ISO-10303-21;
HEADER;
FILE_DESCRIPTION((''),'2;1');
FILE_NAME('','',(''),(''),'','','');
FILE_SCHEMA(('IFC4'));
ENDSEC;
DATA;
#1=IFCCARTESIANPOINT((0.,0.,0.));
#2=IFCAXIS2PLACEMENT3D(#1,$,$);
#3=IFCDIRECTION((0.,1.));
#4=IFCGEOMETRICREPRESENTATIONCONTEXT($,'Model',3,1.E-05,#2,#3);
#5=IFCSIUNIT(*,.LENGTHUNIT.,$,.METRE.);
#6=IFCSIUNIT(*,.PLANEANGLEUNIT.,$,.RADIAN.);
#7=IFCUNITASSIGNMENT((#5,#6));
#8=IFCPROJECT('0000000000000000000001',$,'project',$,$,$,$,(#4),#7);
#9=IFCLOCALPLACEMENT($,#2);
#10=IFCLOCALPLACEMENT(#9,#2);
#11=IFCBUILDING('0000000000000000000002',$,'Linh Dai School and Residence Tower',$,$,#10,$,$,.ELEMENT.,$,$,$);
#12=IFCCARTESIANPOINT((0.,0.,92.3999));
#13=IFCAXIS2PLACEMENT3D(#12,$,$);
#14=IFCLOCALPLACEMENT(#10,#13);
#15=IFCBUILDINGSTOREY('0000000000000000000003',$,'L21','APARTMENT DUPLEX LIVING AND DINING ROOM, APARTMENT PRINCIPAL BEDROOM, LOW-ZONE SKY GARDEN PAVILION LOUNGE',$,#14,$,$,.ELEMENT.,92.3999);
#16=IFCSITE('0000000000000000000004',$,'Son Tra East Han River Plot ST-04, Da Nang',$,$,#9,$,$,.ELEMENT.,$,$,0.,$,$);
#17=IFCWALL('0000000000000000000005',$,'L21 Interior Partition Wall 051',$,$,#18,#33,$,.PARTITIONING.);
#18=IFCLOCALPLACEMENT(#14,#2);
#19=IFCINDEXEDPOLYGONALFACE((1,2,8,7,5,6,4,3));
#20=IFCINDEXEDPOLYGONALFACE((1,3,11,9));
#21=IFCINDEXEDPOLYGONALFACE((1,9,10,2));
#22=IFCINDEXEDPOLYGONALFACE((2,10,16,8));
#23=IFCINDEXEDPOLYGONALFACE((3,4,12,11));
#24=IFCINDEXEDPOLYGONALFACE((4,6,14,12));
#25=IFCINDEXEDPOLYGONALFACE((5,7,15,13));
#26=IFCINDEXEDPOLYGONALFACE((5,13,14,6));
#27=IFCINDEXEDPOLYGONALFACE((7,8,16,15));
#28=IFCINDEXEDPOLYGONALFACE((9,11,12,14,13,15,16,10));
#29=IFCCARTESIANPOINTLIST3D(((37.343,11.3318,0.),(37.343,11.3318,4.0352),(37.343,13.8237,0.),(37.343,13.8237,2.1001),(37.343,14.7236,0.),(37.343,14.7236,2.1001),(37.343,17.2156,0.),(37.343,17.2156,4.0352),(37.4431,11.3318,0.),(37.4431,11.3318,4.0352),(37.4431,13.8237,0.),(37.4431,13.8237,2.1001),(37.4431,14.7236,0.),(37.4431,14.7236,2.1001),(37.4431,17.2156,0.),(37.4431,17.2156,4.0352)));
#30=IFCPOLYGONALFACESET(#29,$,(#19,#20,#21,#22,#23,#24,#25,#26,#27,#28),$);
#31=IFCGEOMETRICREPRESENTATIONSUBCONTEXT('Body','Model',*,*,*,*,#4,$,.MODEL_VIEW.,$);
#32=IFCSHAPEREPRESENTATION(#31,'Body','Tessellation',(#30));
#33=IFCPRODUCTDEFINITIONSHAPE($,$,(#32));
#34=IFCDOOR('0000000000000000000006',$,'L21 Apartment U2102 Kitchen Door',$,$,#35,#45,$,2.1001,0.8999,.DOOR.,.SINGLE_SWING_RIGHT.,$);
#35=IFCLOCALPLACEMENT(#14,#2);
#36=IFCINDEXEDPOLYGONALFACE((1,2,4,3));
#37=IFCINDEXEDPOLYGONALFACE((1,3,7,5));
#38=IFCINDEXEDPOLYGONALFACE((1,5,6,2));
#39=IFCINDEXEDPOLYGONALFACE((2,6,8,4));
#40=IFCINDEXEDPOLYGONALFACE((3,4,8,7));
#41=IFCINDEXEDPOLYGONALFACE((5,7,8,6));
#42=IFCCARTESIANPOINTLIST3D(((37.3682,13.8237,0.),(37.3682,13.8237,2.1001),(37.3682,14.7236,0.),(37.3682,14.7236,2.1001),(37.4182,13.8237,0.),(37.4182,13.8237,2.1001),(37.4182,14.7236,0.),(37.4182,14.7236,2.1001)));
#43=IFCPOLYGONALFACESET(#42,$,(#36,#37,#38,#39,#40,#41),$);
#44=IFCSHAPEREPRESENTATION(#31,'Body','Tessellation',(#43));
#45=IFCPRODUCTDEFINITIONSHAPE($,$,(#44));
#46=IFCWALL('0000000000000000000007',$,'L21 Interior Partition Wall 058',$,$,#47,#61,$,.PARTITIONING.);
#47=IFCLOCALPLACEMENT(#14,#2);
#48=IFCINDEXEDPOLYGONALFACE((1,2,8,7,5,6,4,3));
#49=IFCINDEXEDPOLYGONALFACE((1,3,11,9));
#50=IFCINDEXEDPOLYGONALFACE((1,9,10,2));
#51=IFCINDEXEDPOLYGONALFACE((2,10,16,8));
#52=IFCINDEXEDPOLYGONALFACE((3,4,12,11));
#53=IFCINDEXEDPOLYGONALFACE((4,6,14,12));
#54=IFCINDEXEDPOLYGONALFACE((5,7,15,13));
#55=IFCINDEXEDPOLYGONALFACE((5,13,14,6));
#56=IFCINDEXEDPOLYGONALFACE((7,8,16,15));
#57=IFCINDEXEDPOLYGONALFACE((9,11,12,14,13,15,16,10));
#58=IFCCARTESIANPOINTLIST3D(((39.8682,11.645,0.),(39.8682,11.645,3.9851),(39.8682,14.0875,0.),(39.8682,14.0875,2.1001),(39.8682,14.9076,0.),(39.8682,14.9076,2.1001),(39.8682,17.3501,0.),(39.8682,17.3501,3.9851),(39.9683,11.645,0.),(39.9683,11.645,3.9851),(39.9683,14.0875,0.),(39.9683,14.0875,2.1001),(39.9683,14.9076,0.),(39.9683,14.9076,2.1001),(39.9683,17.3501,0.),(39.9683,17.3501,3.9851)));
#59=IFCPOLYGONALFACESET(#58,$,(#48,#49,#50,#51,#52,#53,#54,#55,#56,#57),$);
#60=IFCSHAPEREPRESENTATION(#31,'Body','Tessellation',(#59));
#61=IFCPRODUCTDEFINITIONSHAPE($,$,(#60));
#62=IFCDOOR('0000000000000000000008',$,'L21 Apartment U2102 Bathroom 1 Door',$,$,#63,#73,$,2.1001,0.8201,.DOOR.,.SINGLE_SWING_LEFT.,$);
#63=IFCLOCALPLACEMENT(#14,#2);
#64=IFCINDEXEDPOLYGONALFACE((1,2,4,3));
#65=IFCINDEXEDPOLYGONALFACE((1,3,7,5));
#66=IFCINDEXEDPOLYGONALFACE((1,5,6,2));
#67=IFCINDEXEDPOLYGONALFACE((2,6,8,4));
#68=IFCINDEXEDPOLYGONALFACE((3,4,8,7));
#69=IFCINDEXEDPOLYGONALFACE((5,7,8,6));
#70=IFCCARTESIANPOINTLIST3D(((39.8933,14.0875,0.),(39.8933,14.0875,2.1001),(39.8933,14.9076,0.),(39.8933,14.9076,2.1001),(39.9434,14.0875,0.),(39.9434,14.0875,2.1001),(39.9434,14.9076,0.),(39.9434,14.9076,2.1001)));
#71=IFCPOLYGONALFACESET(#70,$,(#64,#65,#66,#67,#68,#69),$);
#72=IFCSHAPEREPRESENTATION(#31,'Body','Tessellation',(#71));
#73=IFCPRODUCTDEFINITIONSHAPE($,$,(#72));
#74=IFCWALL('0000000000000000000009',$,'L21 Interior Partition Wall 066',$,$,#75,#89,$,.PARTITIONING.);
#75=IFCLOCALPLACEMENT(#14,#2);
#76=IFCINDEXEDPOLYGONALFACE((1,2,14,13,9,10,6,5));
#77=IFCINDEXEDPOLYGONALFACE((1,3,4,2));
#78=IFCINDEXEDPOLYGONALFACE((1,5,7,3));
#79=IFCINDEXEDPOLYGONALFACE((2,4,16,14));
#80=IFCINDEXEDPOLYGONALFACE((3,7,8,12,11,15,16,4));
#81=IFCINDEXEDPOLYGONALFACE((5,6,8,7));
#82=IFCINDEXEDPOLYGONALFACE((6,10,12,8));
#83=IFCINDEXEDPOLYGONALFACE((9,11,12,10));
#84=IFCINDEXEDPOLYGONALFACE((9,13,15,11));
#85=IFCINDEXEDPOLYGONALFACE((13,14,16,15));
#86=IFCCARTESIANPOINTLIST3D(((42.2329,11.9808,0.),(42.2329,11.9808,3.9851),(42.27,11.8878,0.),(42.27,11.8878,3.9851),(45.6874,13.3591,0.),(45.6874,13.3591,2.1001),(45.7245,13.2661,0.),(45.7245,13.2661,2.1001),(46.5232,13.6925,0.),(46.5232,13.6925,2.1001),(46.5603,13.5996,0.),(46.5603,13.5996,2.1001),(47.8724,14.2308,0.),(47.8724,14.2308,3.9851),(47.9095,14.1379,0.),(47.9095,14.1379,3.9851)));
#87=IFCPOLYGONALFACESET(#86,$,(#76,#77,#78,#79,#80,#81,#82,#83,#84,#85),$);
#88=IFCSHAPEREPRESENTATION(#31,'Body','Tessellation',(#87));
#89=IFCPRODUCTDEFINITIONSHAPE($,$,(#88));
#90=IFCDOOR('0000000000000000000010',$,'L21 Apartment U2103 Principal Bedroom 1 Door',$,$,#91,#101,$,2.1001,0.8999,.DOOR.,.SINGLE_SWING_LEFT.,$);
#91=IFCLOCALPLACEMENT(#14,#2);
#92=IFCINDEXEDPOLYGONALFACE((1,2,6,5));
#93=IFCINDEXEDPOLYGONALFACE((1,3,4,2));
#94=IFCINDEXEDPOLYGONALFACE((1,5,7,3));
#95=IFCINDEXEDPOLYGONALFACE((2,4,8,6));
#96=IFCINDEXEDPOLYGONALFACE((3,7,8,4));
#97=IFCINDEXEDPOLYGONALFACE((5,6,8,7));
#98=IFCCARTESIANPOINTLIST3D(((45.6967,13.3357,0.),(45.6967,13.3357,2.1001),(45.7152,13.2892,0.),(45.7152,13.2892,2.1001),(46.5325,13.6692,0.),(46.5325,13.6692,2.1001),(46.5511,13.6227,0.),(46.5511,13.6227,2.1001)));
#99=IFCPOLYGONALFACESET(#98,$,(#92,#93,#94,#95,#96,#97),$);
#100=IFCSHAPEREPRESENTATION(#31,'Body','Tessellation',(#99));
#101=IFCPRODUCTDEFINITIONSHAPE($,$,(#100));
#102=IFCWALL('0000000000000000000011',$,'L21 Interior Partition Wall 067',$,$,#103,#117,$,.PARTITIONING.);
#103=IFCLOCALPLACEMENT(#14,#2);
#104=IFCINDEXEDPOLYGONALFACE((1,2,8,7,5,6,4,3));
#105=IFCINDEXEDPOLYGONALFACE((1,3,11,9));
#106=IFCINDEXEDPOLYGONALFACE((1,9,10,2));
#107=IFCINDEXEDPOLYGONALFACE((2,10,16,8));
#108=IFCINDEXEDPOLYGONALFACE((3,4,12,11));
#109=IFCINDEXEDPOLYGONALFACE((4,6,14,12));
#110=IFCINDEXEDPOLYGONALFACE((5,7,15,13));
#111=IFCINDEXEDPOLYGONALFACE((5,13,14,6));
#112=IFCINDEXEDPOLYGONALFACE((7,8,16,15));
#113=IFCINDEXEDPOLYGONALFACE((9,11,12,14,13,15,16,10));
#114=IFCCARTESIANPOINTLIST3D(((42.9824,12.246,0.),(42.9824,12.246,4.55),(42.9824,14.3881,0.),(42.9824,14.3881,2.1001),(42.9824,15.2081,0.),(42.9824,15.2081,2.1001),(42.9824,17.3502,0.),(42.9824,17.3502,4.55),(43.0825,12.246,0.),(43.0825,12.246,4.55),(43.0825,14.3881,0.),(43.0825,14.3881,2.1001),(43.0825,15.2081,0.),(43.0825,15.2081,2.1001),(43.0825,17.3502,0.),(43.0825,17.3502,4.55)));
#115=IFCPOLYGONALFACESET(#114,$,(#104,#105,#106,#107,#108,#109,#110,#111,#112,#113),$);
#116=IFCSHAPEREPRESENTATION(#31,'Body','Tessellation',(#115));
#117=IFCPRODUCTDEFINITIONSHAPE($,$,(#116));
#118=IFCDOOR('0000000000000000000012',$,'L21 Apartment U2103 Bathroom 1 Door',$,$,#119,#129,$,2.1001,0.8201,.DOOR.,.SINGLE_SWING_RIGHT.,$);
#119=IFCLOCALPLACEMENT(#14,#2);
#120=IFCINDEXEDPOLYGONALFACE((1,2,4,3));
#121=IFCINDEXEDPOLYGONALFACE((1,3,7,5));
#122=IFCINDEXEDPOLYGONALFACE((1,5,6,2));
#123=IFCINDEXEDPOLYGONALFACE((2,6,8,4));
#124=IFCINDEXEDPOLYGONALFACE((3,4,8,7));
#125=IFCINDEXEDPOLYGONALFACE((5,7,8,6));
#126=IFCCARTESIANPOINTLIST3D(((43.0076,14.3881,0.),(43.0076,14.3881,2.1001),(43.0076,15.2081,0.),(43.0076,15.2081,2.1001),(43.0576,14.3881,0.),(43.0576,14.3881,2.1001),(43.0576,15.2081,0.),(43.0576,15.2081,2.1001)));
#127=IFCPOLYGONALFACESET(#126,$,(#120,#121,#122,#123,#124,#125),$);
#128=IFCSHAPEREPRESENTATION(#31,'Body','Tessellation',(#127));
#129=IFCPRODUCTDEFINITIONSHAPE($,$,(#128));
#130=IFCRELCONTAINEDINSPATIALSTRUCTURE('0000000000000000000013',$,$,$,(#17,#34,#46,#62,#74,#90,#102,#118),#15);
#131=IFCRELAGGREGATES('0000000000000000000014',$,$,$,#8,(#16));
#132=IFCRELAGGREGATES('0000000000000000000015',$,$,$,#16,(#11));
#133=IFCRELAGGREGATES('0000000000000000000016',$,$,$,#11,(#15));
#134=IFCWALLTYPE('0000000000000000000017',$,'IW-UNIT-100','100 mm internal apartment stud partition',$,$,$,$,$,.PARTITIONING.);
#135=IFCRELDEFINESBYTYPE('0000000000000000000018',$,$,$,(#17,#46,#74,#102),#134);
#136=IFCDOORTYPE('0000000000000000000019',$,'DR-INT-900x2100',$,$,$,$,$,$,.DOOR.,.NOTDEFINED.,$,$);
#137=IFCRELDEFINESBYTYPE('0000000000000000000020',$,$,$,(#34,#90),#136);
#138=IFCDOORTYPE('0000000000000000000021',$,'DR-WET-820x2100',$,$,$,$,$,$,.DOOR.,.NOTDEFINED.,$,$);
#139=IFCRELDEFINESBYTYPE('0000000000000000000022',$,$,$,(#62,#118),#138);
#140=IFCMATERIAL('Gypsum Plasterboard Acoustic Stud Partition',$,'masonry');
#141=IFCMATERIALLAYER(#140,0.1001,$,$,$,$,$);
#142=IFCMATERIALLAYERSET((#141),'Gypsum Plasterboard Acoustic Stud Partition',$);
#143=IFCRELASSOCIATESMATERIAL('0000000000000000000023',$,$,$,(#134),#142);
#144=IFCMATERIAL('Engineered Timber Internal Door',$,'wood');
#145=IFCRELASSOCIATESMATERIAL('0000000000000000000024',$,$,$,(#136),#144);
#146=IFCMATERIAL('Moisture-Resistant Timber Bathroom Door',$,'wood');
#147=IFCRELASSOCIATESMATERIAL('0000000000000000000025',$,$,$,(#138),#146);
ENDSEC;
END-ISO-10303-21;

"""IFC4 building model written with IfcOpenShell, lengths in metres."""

from ifc_helpers import new_model, si_unit, direction, frame, frame_2d, origin, origin_2d, place, context, subcontext, project, spatial, rectangle, extrude, source, transform, mapped, material, layer, layer_set, type_object, element, fill, save


model = new_model("IFC4")

# Units and contexts
model_context = context("Model", 3, precision=1e-05, world=origin(), true_north=direction((0.0, 1.0)))
body_context = subcontext(model_context, "Body", "Model", "MODEL_VIEW")
ifc_project = project(units=[si_unit("LENGTHUNIT", "METRE"), si_unit("PLANEANGLEUNIT", "RADIAN")], contexts=[model_context])

# Site, building, storey
site_placement = place(None, origin())
site = spatial("IfcSite", under=ifc_project, at=site_placement, Name="Son Tra East Han River Plot ST-04, Da Nang", CompositionType="ELEMENT", RefElevation=0.0)
building_placement = place(site_placement, origin())
building = spatial("IfcBuilding", under=site, at=building_placement, Name="Linh Dai School and Residence Tower", CompositionType="ELEMENT")
storey_placement = place(building_placement, frame((0.0, 0.0, 92.3999)))
storey = spatial("IfcBuildingStorey", under=building, at=storey_placement, Name="L21", Description="APARTMENT DUPLEX LIVING AND DINING ROOM, APARTMENT PRINCIPAL BEDROOM, LOW-ZONE SKY GARDEN PAVILION LOUNGE", CompositionType="ELEMENT", Elevation=92.3999)

# Shared definitions
ifc_material_1 = material(Name="Gypsum Plasterboard Acoustic Stud Partition", Category="masonry")
ifc_layer_1 = layer(ifc_material_1, 0.1001)
ifc_layer_set_1 = layer_set([ifc_layer_1], Name="Gypsum Plasterboard Acoustic Stud Partition")
wall_type_1 = type_object("IfcWallType", Name="IW-UNIT-100", Description="100 mm internal apartment stud partition", PredefinedType="PARTITIONING", material=ifc_layer_set_1)
ifc_material_2 = material(Name="Engineered Timber Internal Door", Category="wood")
door_type_1 = type_object("IfcDoorType", Name="DR-INT-900x2100", OperationType="NOTDEFINED", PredefinedType="DOOR", material=ifc_material_2)
shared_shape_1 = source(origin(), body_context, "Body", "SweptSolid", [
    extrude(rectangle(XDim=0.8999, YDim=2.1001, at=origin_2d()), frame((0.45, 0.0249, 1.05), z_axis=(0.0, -1.0, 0.0), x_axis=(1.0, 0.0, 0.0)), (0.0, 0.0, 1.0), 0.05),
])

# Walls, openings, doors
wall_1_placement = place(storey_placement, frame((37.3931, 11.3318, 0.0), z_axis=(0.0, 0.0, 1.0), x_axis=(0.0, 1.0, 0.0)))
wall_1 = element("IfcWall", 1, at=wall_1_placement, inside=storey, type_object=wall_type_1, Name="L21 Interior Partition Wall 051", PredefinedType="PARTITIONING", context=body_context, shape_type="SweptSolid", body=[
    extrude(rectangle(XDim=5.8838, YDim=0.1001, at=frame_2d((2.9419, 0.0))), origin(), (0.0, 0.0, 1.0), 4.0352),
])
opening_1_placement = place(wall_1_placement, frame((2.4919, 0.0, 0.0)))
opening_1 = element("IfcOpeningElement", 2, at=opening_1_placement, cuts=wall_1, PredefinedType="OPENING", context=body_context, shape_type="SweptSolid", body=[
    extrude(rectangle(XDim=0.8999, YDim=2.1001, at=origin_2d()), frame((0.45, 0.0601, 1.05), z_axis=(0.0, -1.0, 0.0), x_axis=(1.0, 0.0, 0.0)), (0.0, 0.0, 1.0), 0.1201),
])
door_1_placement = place(opening_1_placement, origin())
door_1 = element("IfcDoor", 3, at=door_1_placement, inside=storey, type_object=door_type_1, Name="L21 Apartment U2102 Kitchen Door", OperationType="SINGLE_SWING_RIGHT", OverallHeight=2.1001, OverallWidth=0.8999, PredefinedType="DOOR", context=body_context, shape_type="MappedRepresentation", body=[
    mapped(shared_shape_1, transform((0.0, 0.0, 0.0), x_axis=(1.0, 0.0, 0.0), y_axis=(0.0, 1.0, 0.0), z_axis=(0.0, 0.0, 1.0), scale=1.0)),
])
fill(opening_1, door_1)
wall_2_placement = place(storey_placement, frame((39.9182, 11.645, 0.0), z_axis=(0.0, 0.0, 1.0), x_axis=(0.0, 1.0, 0.0)))
wall_2 = element("IfcWall", 4, at=wall_2_placement, inside=storey, type_object=wall_type_1, Name="L21 Interior Partition Wall 058", PredefinedType="PARTITIONING", context=body_context, shape_type="SweptSolid", body=[
    extrude(rectangle(XDim=5.7051, YDim=0.1001, at=frame_2d((2.8525, 0.0))), origin(), (0.0, 0.0, 1.0), 3.9851),
])
opening_2_placement = place(wall_2_placement, frame((2.4424, 0.0, 0.0)))
opening_2 = element("IfcOpeningElement", 5, at=opening_2_placement, cuts=wall_2, PredefinedType="OPENING", context=body_context, shape_type="SweptSolid", body=[
    extrude(rectangle(XDim=0.8201, YDim=2.1001, at=origin_2d()), frame((0.4102, 0.0601, 1.05), z_axis=(0.0, -1.0, 0.0), x_axis=(1.0, 0.0, 0.0)), (0.0, 0.0, 1.0), 0.1201),
])
ifc_material_3 = material(Name="Moisture-Resistant Timber Bathroom Door", Category="wood")
door_type_2 = type_object("IfcDoorType", Name="DR-WET-820x2100", OperationType="NOTDEFINED", PredefinedType="DOOR", material=ifc_material_3)
shared_shape_2 = source(origin(), body_context, "Body", "SweptSolid", [
    extrude(rectangle(XDim=0.8201, YDim=2.1001, at=origin_2d()), frame((0.4102, 0.0249, 1.05), z_axis=(0.0, -1.0, 0.0), x_axis=(1.0, 0.0, 0.0)), (0.0, 0.0, 1.0), 0.05),
])
door_2_placement = place(opening_2_placement, origin())
door_2 = element("IfcDoor", 6, at=door_2_placement, inside=storey, type_object=door_type_2, Name="L21 Apartment U2102 Bathroom 1 Door", OperationType="SINGLE_SWING_LEFT", OverallHeight=2.1001, OverallWidth=0.8201, PredefinedType="DOOR", context=body_context, shape_type="MappedRepresentation", body=[
    mapped(shared_shape_2, transform((0.0, 0.0, 0.0), x_axis=(1.0, 0.0, 0.0), y_axis=(0.0, 1.0, 0.0), z_axis=(0.0, 0.0, 1.0), scale=1.0)),
])
fill(opening_2, door_2)
wall_3_placement = place(storey_placement, frame((42.2515, 11.9343, 0.0), z_axis=(0.0, 0.0, 1.0), x_axis=(0.928804, 0.370572, 0.0)))
wall_3 = element("IfcWall", 7, at=wall_3_placement, inside=storey, type_object=wall_type_1, Name="L21 Interior Partition Wall 066", PredefinedType="PARTITIONING", context=body_context, shape_type="SweptSolid", body=[
    extrude(rectangle(XDim=6.0718, YDim=0.1001, at=frame_2d((3.0359, 0.0))), origin(), (0.0, 0.0, 1.0), 3.9851),
])
opening_3_placement = place(wall_3_placement, frame((3.7192, 0.0, 0.0)))
opening_3 = element("IfcOpeningElement", 8, at=opening_3_placement, cuts=wall_3, PredefinedType="OPENING", context=body_context, shape_type="SweptSolid", body=[
    extrude(rectangle(XDim=0.8999, YDim=2.1001, at=origin_2d()), frame((0.45, 0.0601, 1.05), z_axis=(0.0, -1.0, 0.0), x_axis=(1.0, 0.0, 0.0)), (0.0, 0.0, 1.0), 0.1201),
])
door_3_placement = place(opening_3_placement, origin())
door_3 = element("IfcDoor", 9, at=door_3_placement, inside=storey, type_object=door_type_1, Name="L21 Apartment U2103 Principal Bedroom 1 Door", OperationType="SINGLE_SWING_LEFT", OverallHeight=2.1001, OverallWidth=0.8999, PredefinedType="DOOR", context=body_context, shape_type="MappedRepresentation", body=[
    mapped(shared_shape_1, transform((0.0, 0.0, 0.0), x_axis=(1.0, 0.0, 0.0), y_axis=(0.0, 1.0, 0.0), z_axis=(0.0, 0.0, 1.0), scale=1.0)),
])
fill(opening_3, door_3)
wall_4_placement = place(storey_placement, frame((43.0325, 12.2458, 0.0), z_axis=(0.0, 0.0, 1.0), x_axis=(0.0, 1.0, 0.0)))
wall_4 = element("IfcWall", 10, at=wall_4_placement, inside=storey, type_object=wall_type_1, Name="L21 Interior Partition Wall 067", PredefinedType="PARTITIONING", context=body_context, shape_type="SweptSolid", body=[
    extrude(rectangle(XDim=5.1042, YDim=0.1001, at=frame_2d((2.5522, 0.0))), origin(), (0.0, 0.0, 1.0), 4.55),
])
opening_4_placement = place(wall_4_placement, frame((2.1421, 0.0, 0.0)))
opening_4 = element("IfcOpeningElement", 11, at=opening_4_placement, cuts=wall_4, PredefinedType="OPENING", context=body_context, shape_type="SweptSolid", body=[
    extrude(rectangle(XDim=0.8201, YDim=2.1001, at=origin_2d()), frame((0.4102, 0.0601, 1.05), z_axis=(0.0, -1.0, 0.0), x_axis=(1.0, 0.0, 0.0)), (0.0, 0.0, 1.0), 0.1201),
])
door_4_placement = place(opening_4_placement, origin())
door_4 = element("IfcDoor", 12, at=door_4_placement, inside=storey, type_object=door_type_2, Name="L21 Apartment U2103 Bathroom 1 Door", OperationType="SINGLE_SWING_RIGHT", OverallHeight=2.1001, OverallWidth=0.8201, PredefinedType="DOOR", context=body_context, shape_type="MappedRepresentation", body=[
    mapped(shared_shape_2, transform((0.0, 0.0, 0.0), x_axis=(1.0, 0.0, 0.0), y_axis=(0.0, 1.0, 0.0), z_axis=(0.0, 0.0, 1.0), scale=1.0)),
])
fill(opening_4, door_4)

save(model, "model.ifc")
